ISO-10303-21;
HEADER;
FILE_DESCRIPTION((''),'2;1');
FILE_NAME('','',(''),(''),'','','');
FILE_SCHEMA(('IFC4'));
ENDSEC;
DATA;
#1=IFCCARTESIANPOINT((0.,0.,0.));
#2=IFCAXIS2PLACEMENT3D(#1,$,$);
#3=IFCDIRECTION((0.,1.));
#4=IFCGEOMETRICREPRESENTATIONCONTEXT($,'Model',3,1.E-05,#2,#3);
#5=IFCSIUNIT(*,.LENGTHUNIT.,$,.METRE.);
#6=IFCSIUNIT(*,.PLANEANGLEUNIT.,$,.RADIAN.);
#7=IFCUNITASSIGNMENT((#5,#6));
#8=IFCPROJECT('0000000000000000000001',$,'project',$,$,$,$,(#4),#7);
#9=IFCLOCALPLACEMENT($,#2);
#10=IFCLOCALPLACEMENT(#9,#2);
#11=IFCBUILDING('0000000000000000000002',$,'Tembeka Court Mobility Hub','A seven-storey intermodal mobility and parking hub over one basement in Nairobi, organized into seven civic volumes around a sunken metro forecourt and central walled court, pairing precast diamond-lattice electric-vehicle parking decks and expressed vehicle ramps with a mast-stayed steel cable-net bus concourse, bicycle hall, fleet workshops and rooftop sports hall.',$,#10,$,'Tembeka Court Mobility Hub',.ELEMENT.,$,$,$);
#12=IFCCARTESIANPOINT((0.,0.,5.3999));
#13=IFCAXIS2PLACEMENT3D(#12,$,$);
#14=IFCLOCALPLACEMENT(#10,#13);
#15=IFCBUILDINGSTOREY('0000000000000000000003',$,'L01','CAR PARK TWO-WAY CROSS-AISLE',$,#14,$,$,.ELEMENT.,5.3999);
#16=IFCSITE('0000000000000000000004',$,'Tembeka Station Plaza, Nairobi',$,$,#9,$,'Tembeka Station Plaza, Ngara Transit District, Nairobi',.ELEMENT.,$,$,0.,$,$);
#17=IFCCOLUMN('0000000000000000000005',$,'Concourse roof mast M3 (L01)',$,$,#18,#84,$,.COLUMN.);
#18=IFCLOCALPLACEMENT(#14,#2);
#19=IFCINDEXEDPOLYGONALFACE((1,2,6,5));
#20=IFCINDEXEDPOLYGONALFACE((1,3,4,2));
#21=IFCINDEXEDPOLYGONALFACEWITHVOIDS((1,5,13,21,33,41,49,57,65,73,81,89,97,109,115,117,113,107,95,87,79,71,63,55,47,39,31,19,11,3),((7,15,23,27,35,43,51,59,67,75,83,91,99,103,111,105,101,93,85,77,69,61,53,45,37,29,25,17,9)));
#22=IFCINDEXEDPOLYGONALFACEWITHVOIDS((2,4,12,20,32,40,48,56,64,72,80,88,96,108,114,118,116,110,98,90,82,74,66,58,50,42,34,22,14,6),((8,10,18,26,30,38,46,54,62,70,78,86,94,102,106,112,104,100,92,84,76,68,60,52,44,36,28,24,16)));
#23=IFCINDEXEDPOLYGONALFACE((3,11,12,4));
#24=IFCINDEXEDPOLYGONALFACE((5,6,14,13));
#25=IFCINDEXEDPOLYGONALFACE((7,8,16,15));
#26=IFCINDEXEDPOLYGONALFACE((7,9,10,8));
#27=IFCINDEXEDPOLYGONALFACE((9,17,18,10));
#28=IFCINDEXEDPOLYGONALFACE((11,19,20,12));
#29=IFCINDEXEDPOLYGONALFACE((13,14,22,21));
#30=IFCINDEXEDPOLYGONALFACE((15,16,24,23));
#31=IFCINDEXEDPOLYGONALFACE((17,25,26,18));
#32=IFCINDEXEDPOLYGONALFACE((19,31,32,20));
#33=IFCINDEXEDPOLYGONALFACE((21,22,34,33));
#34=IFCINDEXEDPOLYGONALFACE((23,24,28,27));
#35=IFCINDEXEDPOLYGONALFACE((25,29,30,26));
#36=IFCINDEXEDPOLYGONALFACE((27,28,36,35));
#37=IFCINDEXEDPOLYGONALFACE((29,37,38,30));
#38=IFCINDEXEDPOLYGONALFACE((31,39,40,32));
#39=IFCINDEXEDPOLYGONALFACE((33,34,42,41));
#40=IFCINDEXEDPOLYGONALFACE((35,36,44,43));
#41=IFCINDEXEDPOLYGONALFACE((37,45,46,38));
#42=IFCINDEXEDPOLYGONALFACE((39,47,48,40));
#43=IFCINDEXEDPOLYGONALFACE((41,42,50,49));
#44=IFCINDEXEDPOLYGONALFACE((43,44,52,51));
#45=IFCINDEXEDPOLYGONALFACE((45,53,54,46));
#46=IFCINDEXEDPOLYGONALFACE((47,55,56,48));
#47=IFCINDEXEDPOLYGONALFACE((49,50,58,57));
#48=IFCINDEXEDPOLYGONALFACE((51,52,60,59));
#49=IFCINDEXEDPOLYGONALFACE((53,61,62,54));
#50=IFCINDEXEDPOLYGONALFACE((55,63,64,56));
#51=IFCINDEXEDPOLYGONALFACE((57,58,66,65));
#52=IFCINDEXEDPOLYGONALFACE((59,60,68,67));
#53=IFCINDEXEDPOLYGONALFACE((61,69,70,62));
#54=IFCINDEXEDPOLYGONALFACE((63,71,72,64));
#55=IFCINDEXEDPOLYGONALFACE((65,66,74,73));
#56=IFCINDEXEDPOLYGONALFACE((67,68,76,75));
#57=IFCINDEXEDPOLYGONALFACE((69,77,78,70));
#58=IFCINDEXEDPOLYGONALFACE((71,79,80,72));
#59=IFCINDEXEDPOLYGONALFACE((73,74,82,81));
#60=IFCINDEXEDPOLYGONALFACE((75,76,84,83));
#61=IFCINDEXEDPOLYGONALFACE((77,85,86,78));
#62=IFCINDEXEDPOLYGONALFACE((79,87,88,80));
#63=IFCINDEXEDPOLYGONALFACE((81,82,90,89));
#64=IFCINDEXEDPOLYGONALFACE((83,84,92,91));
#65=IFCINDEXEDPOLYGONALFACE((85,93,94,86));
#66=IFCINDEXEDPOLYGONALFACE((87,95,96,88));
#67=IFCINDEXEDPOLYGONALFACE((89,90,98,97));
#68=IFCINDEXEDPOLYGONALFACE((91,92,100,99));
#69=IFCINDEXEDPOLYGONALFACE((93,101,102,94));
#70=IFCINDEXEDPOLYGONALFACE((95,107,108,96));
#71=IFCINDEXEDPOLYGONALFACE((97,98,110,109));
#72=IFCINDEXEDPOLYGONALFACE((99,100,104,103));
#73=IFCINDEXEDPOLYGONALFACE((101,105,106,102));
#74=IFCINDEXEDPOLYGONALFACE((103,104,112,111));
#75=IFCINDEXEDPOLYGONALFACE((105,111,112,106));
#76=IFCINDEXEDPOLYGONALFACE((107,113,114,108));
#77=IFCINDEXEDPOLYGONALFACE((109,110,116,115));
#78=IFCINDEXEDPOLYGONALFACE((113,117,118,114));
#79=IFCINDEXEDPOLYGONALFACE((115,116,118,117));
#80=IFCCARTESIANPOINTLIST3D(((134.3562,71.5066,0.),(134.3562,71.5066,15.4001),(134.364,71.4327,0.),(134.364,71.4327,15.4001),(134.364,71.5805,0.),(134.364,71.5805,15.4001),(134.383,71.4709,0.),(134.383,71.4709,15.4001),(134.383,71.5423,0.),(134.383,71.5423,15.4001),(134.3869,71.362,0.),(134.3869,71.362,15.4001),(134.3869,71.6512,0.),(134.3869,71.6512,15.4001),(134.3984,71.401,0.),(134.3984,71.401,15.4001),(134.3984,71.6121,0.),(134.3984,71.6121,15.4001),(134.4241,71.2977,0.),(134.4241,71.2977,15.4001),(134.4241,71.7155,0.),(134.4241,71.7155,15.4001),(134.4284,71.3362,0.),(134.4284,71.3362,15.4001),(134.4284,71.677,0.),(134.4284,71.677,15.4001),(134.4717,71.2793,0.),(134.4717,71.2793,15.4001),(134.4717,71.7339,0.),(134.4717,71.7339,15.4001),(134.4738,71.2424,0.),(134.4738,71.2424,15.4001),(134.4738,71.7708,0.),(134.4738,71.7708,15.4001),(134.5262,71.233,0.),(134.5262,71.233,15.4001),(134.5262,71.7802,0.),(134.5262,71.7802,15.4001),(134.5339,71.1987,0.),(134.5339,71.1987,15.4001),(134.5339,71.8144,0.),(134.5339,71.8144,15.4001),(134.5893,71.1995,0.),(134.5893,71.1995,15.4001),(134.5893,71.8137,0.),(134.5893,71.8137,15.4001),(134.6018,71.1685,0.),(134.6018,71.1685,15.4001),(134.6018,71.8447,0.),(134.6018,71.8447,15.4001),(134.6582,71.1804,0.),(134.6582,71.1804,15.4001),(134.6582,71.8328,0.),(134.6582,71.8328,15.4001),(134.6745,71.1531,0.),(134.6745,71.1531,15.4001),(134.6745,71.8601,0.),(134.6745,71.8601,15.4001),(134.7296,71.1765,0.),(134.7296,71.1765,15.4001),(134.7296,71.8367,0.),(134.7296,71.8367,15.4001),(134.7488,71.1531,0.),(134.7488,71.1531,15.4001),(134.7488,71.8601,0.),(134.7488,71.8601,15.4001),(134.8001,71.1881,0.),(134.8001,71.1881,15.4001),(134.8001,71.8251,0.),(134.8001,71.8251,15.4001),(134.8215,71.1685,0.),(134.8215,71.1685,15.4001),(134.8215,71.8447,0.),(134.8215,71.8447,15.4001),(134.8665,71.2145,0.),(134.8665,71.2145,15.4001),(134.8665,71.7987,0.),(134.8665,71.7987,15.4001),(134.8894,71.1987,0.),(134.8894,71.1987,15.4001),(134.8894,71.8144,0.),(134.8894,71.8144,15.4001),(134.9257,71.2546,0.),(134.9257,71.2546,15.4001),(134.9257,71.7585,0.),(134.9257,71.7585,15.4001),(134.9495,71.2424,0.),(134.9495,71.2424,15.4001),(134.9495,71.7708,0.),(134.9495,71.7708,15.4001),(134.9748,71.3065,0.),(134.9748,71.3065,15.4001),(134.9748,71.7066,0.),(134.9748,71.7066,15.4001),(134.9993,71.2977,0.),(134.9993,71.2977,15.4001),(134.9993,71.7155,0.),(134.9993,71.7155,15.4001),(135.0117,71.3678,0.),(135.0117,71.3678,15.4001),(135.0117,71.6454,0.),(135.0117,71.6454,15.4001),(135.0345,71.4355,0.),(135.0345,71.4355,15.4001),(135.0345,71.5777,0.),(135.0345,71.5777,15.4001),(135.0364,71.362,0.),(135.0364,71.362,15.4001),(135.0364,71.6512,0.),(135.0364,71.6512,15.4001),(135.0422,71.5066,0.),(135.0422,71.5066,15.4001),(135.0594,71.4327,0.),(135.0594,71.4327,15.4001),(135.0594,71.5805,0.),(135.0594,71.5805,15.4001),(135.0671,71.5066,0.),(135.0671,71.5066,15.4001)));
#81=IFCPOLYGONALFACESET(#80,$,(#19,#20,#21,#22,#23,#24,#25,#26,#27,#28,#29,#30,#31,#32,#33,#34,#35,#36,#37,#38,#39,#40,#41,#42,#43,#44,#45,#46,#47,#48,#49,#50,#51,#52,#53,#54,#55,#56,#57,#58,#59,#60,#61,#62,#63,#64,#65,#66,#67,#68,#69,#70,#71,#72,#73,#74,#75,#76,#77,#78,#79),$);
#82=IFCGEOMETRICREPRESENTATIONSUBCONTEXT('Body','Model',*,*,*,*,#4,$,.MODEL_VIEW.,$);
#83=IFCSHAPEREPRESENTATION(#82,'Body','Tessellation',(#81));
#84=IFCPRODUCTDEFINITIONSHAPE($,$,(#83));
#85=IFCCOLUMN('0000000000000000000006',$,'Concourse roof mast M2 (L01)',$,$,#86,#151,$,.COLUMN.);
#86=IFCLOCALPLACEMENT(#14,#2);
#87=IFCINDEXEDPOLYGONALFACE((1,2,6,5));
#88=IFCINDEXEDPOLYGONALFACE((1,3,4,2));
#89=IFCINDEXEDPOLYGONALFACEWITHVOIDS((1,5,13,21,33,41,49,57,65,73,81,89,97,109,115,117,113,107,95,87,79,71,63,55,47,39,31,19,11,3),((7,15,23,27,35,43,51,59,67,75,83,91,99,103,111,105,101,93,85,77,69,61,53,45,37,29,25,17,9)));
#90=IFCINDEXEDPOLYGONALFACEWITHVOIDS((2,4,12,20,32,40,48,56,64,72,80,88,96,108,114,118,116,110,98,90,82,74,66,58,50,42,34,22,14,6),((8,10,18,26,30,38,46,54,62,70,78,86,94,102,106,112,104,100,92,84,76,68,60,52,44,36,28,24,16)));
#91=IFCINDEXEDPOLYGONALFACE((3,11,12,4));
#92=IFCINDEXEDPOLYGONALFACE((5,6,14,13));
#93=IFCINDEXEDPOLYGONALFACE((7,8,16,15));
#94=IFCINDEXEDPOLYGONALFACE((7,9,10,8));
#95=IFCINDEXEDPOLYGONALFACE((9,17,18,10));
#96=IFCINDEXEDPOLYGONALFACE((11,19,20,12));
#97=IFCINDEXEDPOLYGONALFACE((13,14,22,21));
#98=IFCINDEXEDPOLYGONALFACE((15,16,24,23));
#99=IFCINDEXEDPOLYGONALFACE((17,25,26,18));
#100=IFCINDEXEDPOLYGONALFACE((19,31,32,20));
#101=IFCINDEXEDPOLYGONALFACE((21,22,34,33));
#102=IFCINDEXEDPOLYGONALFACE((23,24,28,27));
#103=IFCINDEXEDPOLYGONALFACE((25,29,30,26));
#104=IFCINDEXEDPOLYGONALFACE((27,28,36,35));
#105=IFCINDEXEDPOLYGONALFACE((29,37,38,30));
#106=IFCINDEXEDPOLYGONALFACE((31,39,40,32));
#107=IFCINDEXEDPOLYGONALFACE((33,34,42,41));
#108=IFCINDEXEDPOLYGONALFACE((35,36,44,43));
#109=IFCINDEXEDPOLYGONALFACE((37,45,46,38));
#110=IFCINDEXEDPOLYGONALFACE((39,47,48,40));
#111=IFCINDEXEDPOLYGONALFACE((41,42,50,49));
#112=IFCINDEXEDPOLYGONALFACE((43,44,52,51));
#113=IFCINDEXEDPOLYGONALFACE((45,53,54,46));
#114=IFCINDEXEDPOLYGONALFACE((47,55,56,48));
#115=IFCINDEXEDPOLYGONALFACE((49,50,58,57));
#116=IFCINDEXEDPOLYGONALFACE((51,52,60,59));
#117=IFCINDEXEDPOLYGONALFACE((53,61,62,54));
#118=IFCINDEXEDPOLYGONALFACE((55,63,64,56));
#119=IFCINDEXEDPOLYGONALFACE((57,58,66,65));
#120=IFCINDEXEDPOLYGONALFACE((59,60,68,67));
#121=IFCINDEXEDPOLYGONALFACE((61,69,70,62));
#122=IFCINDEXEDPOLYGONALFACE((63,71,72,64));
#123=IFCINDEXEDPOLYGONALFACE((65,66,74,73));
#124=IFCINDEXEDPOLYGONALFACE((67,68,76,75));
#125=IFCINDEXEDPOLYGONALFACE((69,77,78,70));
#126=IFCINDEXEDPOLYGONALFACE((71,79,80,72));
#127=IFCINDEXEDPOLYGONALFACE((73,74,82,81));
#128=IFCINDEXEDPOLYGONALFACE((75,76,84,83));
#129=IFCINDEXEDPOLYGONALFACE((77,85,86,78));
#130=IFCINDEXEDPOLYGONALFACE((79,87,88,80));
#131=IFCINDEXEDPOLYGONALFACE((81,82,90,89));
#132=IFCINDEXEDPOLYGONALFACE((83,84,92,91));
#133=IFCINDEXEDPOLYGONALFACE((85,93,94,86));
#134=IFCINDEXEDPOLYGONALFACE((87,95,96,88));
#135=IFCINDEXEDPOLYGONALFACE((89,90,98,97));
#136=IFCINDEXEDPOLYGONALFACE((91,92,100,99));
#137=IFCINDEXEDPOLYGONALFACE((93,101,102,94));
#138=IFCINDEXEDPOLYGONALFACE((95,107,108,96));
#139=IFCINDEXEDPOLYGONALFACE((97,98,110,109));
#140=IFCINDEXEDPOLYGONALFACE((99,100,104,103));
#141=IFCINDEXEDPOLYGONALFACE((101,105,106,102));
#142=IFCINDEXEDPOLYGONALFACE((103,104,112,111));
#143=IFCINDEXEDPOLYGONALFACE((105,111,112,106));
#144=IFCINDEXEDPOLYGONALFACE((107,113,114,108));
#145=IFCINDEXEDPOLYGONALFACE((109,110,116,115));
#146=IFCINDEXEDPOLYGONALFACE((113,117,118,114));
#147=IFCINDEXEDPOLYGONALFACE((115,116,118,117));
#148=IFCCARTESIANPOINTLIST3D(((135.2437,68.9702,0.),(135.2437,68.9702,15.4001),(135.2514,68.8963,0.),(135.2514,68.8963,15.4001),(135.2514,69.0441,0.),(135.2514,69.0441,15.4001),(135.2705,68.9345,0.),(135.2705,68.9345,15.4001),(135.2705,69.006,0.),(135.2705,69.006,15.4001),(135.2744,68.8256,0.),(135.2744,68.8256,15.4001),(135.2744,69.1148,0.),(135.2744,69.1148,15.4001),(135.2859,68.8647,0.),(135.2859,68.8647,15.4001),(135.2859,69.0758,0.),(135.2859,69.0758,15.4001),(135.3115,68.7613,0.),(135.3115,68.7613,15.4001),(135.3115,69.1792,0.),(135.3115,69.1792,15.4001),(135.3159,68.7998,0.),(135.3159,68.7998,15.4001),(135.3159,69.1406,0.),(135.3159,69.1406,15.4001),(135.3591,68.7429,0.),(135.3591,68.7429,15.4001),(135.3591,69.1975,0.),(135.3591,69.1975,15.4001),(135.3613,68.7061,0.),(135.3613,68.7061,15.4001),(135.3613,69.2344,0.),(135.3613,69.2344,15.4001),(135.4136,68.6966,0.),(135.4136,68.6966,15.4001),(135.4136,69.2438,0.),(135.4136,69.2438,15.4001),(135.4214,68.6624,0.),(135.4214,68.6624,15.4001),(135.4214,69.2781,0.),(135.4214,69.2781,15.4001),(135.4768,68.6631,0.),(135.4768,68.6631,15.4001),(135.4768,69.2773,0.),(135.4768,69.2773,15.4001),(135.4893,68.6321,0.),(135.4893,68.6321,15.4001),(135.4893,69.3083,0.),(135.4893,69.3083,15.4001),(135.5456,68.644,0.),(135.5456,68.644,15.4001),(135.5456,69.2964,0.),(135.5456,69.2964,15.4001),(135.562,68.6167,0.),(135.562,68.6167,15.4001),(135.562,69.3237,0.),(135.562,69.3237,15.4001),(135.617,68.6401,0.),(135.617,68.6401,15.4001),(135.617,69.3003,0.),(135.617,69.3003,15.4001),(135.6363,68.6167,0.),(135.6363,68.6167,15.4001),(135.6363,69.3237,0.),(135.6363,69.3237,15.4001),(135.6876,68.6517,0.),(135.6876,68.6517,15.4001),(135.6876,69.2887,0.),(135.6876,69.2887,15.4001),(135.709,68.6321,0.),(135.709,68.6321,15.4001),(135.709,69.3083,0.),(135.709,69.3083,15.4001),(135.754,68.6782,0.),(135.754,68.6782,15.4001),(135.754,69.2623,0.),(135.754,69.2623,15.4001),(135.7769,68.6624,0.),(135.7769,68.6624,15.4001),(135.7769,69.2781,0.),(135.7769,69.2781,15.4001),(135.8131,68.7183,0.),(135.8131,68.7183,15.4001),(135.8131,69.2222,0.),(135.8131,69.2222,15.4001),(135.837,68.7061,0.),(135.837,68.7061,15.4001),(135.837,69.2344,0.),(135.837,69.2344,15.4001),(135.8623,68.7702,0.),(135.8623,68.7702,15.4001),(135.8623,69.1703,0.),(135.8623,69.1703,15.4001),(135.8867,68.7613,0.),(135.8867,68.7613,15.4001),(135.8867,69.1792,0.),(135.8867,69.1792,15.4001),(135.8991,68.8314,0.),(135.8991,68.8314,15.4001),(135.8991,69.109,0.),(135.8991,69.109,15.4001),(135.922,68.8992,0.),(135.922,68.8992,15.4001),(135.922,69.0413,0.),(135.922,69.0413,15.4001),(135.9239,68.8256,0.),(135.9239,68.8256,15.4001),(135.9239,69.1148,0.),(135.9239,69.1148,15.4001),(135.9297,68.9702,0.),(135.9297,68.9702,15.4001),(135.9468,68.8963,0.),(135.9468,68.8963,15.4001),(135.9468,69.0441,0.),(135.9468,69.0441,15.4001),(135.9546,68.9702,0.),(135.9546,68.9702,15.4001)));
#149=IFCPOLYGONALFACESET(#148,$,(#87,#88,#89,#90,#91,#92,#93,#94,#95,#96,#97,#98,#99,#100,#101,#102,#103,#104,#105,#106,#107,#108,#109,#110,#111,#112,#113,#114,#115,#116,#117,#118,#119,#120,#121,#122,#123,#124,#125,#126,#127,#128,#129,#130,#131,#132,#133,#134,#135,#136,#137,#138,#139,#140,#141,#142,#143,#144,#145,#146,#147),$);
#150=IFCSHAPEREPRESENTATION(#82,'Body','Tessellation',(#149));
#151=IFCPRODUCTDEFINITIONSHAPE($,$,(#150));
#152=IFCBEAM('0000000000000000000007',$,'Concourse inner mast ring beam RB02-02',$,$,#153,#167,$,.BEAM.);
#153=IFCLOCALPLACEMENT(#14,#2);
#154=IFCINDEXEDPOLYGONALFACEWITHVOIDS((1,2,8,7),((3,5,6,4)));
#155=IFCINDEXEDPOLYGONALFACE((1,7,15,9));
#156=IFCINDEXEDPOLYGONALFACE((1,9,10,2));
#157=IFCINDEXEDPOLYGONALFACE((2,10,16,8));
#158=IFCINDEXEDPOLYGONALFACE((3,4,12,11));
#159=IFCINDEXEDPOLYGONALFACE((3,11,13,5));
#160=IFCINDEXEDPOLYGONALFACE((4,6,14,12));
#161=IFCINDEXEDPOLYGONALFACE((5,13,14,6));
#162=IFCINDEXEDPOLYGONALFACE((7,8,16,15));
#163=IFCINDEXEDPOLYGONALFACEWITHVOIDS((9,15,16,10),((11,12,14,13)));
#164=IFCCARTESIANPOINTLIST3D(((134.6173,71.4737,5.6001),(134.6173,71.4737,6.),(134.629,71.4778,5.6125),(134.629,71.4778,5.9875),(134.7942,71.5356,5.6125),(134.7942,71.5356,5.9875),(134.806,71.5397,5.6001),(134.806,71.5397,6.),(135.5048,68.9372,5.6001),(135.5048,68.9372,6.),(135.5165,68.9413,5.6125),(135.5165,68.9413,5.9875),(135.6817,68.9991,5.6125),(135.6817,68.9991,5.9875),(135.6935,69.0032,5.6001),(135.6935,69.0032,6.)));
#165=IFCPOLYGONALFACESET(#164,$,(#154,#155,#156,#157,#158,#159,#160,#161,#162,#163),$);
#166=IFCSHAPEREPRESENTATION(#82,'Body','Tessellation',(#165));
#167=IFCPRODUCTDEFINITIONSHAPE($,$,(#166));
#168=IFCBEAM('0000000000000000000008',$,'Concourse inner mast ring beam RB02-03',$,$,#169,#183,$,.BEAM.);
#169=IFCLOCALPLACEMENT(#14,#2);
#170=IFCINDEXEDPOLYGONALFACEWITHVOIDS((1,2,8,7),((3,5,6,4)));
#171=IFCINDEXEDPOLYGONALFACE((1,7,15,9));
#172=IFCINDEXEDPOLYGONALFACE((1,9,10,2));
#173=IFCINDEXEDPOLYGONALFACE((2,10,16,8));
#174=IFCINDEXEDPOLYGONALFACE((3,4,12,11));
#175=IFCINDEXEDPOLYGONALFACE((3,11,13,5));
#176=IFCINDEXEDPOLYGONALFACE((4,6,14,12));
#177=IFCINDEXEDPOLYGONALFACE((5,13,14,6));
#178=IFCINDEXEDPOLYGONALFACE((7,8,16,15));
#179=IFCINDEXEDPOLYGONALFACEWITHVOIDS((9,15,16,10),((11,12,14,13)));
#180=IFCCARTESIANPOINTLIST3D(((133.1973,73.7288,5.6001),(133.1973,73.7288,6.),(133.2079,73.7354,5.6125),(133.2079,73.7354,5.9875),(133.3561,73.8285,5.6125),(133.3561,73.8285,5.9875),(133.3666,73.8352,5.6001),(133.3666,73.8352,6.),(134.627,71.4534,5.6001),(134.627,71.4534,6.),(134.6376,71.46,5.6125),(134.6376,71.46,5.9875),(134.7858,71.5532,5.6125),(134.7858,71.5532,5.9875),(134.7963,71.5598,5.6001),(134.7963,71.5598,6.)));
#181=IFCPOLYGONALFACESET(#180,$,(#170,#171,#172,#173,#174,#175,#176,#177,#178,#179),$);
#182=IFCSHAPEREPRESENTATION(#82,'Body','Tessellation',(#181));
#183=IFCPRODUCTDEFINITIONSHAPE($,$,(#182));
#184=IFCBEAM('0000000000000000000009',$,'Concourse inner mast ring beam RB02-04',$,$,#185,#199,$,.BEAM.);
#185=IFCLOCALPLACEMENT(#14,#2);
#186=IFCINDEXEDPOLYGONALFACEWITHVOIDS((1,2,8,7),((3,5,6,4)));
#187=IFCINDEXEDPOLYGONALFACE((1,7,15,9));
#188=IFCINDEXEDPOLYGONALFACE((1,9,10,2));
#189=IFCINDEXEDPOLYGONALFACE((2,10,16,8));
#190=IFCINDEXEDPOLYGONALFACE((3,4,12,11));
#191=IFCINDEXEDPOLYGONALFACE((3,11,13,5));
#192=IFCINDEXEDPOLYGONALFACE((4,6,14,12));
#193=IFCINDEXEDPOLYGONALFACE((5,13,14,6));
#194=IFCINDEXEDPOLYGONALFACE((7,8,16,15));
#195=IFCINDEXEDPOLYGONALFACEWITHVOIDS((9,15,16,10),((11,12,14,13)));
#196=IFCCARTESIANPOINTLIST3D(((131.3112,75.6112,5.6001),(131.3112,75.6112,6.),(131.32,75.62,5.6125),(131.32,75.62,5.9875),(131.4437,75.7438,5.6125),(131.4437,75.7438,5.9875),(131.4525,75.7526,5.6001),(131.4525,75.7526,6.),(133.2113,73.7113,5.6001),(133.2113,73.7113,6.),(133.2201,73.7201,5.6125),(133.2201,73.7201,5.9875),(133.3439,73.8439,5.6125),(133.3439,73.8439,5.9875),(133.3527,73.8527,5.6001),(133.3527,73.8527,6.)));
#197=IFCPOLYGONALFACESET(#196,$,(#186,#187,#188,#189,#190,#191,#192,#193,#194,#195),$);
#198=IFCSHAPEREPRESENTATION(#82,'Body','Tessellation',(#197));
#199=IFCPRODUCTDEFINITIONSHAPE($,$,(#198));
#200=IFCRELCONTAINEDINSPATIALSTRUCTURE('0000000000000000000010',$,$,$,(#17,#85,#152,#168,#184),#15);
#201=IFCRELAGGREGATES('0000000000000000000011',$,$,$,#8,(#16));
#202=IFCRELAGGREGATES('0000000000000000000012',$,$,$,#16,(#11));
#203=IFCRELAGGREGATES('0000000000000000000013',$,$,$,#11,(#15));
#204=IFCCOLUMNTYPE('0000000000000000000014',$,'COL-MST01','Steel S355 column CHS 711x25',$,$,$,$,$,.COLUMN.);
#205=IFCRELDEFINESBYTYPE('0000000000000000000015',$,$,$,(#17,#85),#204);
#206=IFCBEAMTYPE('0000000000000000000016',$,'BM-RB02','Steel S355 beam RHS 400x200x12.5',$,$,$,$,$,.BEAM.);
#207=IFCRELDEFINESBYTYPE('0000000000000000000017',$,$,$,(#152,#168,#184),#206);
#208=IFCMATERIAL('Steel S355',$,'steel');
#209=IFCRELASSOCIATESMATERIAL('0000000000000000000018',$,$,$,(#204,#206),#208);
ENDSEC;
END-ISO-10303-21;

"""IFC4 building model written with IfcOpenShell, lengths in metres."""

from ifc_helpers import new_model, si_unit, direction, frame, origin, origin_2d, place, context, subcontext, project, spatial, hollow_rectangle, hollow_circle, extrude, material, material_profile, profile_set, type_object, element, save


model = new_model("IFC4")

# Units and contexts
model_context = context("Model", 3, precision=1e-05, world=origin(), true_north=direction((0.0, 1.0)))
body_context = subcontext(model_context, "Body", "Model", "MODEL_VIEW")
ifc_project = project(units=[si_unit("LENGTHUNIT", "METRE"), si_unit("PLANEANGLEUNIT", "RADIAN")], contexts=[model_context])

# Site, building, storey
site_placement = place(None, origin())
site = spatial("IfcSite", under=ifc_project, at=site_placement, Name="Tembeka Station Plaza, Nairobi", LongName="Tembeka Station Plaza, Ngara Transit District, Nairobi", CompositionType="ELEMENT", RefElevation=0.0)
building_placement = place(site_placement, origin())
building = spatial("IfcBuilding", under=site, at=building_placement, Name="Tembeka Court Mobility Hub", Description="A seven-storey intermodal mobility and parking hub over one basement in Nairobi, organized into seven civic volumes around a sunken metro forecourt and central walled court, pairing precast diamond-lattice electric-vehicle parking decks and expressed vehicle ramps with a mast-stayed steel cable-net bus concourse, bicycle hall, fleet workshops and rooftop sports hall.", LongName="Tembeka Court Mobility Hub", CompositionType="ELEMENT")
storey_placement = place(building_placement, frame((0.0, 0.0, 5.3999)))
storey = spatial("IfcBuildingStorey", under=building, at=storey_placement, Name="L01", Description="CAR PARK TWO-WAY CROSS-AISLE", CompositionType="ELEMENT", Elevation=5.3999)

# Columns
ifc_material_1 = material(Name="Steel S355", Category="steel")
ifc_material_profile_1 = material_profile(ifc_material_1, hollow_circle(Radius=0.3555, WallThickness=0.0249, at=origin_2d()), Name="CHS 711x25")
ifc_profile_set_1 = profile_set([ifc_material_profile_1], Name="Steel S355")
column_type = type_object("IfcColumnType", Name="COL-MST01", Description="Steel S355 column CHS 711x25", PredefinedType="COLUMN", material=ifc_profile_set_1)
for number, where, z_axis, x_axis, name in (
    (1, (134.7117, 71.5066, 0.0), (0.0, 0.0, 1.0), (1.0, 0.0, 0.0), "Concourse roof mast M3 (L01)"),
    (2, (135.5991, 68.9702, 0.0), (0.0, 0.0, 1.0), (1.0, 0.0, 0.0), "Concourse roof mast M2 (L01)"),
):
    element("IfcColumn", number, at=place(storey_placement, frame(where, z_axis=z_axis, x_axis=x_axis)), inside=storey, type_object=column_type, Name=name, PredefinedType="COLUMN", context=body_context, shape_type="SweptSolid", body=[
        extrude(hollow_circle(Radius=0.3555, WallThickness=0.0249, at=origin_2d()), origin(), (0.0, 0.0, 1.0), 15.4001),
    ])

# Beams
ifc_material_profile_2 = material_profile(ifc_material_1, hollow_rectangle(XDim=0.2, YDim=0.3999, WallThickness=0.0125, at=origin_2d()), Name="RHS 400x200x12.5")
ifc_profile_set_2 = profile_set([ifc_material_profile_2], Name="Steel S355")
beam_type = type_object("IfcBeamType", Name="BM-RB02", Description="Steel S355 beam RHS 400x200x12.5", PredefinedType="BEAM", material=ifc_profile_set_2)
for number, where, z_axis, x_axis, name in (
    (3, (135.5991, 68.9702, 5.8), (-0.330257, 0.943891, 0.0), (-0.943891, -0.330257, 0.0), "Concourse inner mast ring beam RB02-02"),
    (4, (134.7117, 71.5066, 5.8), (-0.532023, 0.84673, 0.0), (-0.84673, -0.532023, 0.0), "Concourse inner mast ring beam RB02-03"),
):
    element("IfcBeam", number, at=place(storey_placement, frame(where, z_axis=z_axis, x_axis=x_axis)), inside=storey, type_object=beam_type, Name=name, PredefinedType="BEAM", context=body_context, shape_type="SweptSolid", body=[
        extrude(hollow_rectangle(XDim=0.2, YDim=0.3999, WallThickness=0.0125, at=origin_2d()), origin(), (0.0, 0.0, 1.0), 2.6873),
    ])
beam_placement = place(storey_placement, frame((133.282, 73.782, 5.8), z_axis=(-0.707152, 0.707061, 0.0), x_axis=(-0.707061, -0.707152, 0.0)))
element("IfcBeam", 5, at=beam_placement, inside=storey, type_object=beam_type, Name="Concourse inner mast ring beam RB02-04", PredefinedType="BEAM", context=body_context, shape_type="SweptSolid", body=[
    extrude(hollow_rectangle(XDim=0.2, YDim=0.3999, WallThickness=0.0125, at=origin_2d()), origin(), (0.0, 0.0, 1.0), 2.687),
])

save(model, "model.ifc")
